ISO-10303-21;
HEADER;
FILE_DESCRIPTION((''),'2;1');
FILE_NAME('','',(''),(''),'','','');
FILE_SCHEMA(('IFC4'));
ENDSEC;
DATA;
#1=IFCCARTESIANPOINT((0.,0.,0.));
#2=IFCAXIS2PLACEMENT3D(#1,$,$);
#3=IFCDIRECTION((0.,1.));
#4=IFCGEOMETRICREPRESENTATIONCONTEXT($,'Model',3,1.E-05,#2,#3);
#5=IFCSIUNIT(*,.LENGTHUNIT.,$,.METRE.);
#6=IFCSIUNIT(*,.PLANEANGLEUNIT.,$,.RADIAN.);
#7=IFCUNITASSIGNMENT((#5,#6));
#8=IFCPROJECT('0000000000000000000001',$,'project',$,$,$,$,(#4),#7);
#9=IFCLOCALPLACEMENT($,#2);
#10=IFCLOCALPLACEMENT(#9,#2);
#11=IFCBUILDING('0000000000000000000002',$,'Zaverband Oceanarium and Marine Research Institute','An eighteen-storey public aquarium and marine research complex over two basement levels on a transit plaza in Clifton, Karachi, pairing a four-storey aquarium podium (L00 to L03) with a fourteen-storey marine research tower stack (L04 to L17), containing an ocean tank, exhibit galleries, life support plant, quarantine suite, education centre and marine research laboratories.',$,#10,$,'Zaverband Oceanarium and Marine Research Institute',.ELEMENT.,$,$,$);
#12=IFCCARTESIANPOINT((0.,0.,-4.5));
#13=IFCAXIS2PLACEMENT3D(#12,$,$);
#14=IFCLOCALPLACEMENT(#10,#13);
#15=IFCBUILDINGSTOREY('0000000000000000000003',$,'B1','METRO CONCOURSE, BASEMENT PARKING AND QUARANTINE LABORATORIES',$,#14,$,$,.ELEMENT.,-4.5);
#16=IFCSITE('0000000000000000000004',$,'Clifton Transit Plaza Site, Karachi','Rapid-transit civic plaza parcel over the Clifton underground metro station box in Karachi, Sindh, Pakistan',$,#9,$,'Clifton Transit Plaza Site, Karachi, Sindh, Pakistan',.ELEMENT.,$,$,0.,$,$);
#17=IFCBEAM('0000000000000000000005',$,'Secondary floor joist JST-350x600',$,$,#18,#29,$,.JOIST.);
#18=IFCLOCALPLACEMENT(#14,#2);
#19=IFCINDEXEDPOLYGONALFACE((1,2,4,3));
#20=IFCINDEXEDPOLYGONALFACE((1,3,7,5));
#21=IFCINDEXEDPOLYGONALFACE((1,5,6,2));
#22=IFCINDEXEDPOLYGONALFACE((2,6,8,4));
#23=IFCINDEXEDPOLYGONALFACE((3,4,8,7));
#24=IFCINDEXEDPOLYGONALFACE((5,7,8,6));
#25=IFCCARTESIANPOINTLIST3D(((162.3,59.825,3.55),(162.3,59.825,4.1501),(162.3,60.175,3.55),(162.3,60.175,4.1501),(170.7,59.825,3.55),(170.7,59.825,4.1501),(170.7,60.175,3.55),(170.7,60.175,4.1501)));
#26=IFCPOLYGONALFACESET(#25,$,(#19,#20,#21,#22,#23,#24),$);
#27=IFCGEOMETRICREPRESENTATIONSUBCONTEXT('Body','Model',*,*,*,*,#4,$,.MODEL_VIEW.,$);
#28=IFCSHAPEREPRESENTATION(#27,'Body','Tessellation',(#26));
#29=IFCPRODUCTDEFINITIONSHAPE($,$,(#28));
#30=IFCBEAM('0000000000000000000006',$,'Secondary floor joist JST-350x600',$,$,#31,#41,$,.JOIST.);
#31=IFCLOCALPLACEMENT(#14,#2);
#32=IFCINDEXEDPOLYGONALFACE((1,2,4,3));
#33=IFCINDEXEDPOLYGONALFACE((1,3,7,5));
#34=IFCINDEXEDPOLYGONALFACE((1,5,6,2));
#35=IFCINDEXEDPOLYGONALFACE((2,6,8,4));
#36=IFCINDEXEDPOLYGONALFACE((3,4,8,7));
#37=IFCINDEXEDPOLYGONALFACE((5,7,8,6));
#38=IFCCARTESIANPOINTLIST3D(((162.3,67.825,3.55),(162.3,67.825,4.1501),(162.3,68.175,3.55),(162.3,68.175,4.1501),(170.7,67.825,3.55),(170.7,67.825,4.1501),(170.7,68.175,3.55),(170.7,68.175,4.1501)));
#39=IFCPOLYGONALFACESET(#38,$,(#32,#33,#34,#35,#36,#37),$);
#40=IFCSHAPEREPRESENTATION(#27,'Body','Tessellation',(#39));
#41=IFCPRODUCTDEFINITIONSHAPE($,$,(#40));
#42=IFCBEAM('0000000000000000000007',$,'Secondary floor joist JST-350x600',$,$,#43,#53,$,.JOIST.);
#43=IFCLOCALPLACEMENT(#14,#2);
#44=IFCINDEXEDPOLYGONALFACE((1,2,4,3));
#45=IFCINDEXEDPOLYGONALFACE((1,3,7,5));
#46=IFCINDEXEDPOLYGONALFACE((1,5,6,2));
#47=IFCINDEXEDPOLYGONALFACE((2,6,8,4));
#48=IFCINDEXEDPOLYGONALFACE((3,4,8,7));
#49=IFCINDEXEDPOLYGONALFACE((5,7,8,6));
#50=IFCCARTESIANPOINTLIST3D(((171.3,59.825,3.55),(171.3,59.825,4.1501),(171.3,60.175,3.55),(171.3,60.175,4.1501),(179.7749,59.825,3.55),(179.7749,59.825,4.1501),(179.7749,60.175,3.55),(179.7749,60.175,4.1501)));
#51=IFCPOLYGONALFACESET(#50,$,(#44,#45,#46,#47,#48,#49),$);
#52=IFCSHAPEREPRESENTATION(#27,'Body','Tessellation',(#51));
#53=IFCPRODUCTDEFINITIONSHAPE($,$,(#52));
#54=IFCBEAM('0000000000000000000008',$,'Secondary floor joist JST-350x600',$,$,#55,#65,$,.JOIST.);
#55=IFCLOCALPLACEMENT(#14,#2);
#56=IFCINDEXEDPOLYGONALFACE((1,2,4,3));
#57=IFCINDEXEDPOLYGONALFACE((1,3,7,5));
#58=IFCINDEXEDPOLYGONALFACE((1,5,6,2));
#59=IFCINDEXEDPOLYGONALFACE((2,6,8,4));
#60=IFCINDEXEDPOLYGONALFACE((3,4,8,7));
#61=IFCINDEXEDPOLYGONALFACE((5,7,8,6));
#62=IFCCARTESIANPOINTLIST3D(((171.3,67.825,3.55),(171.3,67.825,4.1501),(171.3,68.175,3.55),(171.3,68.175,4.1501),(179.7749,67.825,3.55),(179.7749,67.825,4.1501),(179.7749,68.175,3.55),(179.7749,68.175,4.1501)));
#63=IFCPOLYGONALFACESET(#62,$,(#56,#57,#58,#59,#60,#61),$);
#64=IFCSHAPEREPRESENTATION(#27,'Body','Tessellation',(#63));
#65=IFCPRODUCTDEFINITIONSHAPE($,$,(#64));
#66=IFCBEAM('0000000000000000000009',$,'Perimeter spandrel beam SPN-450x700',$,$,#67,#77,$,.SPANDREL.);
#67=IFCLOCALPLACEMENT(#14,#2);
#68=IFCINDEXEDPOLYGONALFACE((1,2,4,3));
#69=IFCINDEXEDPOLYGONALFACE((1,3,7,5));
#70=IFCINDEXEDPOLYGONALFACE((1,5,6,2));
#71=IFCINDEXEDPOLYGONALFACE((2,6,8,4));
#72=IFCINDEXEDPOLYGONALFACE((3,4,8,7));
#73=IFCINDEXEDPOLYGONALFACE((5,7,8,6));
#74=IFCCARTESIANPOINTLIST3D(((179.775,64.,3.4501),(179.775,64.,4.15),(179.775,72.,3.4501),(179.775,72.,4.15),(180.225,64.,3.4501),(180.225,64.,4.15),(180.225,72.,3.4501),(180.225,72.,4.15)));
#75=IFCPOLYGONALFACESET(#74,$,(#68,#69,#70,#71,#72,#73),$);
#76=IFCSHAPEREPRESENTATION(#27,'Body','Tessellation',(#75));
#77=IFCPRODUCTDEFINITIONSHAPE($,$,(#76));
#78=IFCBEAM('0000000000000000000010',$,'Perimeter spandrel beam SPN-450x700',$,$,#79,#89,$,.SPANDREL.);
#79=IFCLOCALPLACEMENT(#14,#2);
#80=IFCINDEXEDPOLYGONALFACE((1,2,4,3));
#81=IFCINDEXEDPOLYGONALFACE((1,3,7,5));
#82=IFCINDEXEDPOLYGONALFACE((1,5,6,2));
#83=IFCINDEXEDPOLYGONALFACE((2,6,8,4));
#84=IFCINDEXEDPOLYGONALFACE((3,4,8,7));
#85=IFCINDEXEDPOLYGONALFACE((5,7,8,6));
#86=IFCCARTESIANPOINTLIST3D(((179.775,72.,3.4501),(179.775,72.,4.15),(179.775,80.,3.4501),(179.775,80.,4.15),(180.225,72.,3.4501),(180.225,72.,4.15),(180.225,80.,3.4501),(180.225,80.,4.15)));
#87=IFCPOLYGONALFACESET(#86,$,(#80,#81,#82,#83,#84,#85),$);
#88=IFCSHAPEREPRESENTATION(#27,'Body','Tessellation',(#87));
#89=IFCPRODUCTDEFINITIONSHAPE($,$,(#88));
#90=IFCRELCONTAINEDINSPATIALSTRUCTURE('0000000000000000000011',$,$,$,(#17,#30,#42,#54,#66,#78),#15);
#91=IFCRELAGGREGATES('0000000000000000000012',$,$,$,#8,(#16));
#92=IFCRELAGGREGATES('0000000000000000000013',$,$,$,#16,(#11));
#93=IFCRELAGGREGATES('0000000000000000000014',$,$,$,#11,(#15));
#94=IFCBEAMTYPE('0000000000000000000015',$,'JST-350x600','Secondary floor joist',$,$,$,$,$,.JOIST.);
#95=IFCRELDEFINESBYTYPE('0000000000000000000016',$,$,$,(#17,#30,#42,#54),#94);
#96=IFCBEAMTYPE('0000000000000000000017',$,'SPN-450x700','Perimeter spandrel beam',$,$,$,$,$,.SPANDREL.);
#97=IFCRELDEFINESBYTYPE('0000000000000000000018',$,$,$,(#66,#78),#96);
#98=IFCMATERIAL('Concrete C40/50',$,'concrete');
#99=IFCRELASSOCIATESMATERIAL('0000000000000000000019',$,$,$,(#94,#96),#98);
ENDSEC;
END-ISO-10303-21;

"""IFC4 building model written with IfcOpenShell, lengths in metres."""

from ifc_helpers import new_model, si_unit, direction, frame, origin, origin_2d, place, context, subcontext, project, spatial, rectangle, extrude, material, material_profile, profile_set, type_object, element, save


model = new_model("IFC4")

# Units and contexts
model_context = context("Model", 3, precision=1e-05, world=origin(), true_north=direction((0.0, 1.0)))
body_context = subcontext(model_context, "Body", "Model", "MODEL_VIEW")
ifc_project = project(units=[si_unit("LENGTHUNIT", "METRE"), si_unit("PLANEANGLEUNIT", "RADIAN")], contexts=[model_context])

# Site, building, storey
site_placement = place(None, origin())
site = spatial("IfcSite", under=ifc_project, at=site_placement, Name="Clifton Transit Plaza Site, Karachi", Description="Rapid-transit civic plaza parcel over the Clifton underground metro station box in Karachi, Sindh, Pakistan", LongName="Clifton Transit Plaza Site, Karachi, Sindh, Pakistan", CompositionType="ELEMENT", RefElevation=0.0)
building_placement = place(site_placement, origin())
building = spatial("IfcBuilding", under=site, at=building_placement, Name="Zaverband Oceanarium and Marine Research Institute", Description="An eighteen-storey public aquarium and marine research complex over two basement levels on a transit plaza in Clifton, Karachi, pairing a four-storey aquarium podium (L00 to L03) with a fourteen-storey marine research tower stack (L04 to L17), containing an ocean tank, exhibit galleries, life support plant, quarantine suite, education centre and marine research laboratories.", LongName="Zaverband Oceanarium and Marine Research Institute", CompositionType="ELEMENT")
storey_placement = place(building_placement, frame((0.0, 0.0, -4.5)))
storey = spatial("IfcBuildingStorey", under=building, at=storey_placement, Name="B1", Description="METRO CONCOURSE, BASEMENT PARKING AND QUARANTINE LABORATORIES", CompositionType="ELEMENT", Elevation=-4.5)

# Shared definitions
ifc_material_1 = material(Name="Concrete C40/50", Category="concrete")

# Beams
ifc_material_profile_1 = material_profile(ifc_material_1, rectangle(XDim=0.3501, YDim=0.6001, at=origin_2d()), Name="RC350x600")
ifc_profile_set_1 = profile_set([ifc_material_profile_1], Name="Concrete C40/50")
beam_type_1 = type_object("IfcBeamType", Name="JST-350x600", Description="Secondary floor joist", PredefinedType="JOIST", material=ifc_profile_set_1)
for number, where, z_axis, x_axis, name in (
    (1, (162.3, 60.0, 3.8501), (1.0, 0.0, 0.0), (0.0, 1.0, 0.0), "Secondary floor joist JST-350x600"),
    (2, (162.3, 68.0, 3.8501), (1.0, 0.0, 0.0), (0.0, 1.0, 0.0), "Secondary floor joist JST-350x600"),
):
    element("IfcBeam", number, at=place(storey_placement, frame(where, z_axis=z_axis, x_axis=x_axis)), inside=storey, type_object=beam_type_1, Name=name, PredefinedType="JOIST", context=body_context, shape_type="SweptSolid", body=[
        extrude(rectangle(XDim=0.3501, YDim=0.6001, at=origin_2d()), origin(), (0.0, 0.0, 1.0), 8.3999),
    ])
for number, where, z_axis, x_axis, name in (
    (3, (171.3, 60.0, 3.8501), (1.0, 0.0, 0.0), (0.0, 1.0, 0.0), "Secondary floor joist JST-350x600"),
    (4, (171.3, 68.0, 3.8501), (1.0, 0.0, 0.0), (0.0, 1.0, 0.0), "Secondary floor joist JST-350x600"),
):
    element("IfcBeam", number, at=place(storey_placement, frame(where, z_axis=z_axis, x_axis=x_axis)), inside=storey, type_object=beam_type_1, Name=name, PredefinedType="JOIST", context=body_context, shape_type="SweptSolid", body=[
        extrude(rectangle(XDim=0.3501, YDim=0.6001, at=origin_2d()), origin(), (0.0, 0.0, 1.0), 8.4749),
    ])
ifc_material_profile_2 = material_profile(ifc_material_1, rectangle(XDim=0.45, YDim=0.7, at=origin_2d()), Name="RC450x700")
ifc_profile_set_2 = profile_set([ifc_material_profile_2], Name="Concrete C40/50")
beam_type_2 = type_object("IfcBeamType", Name="SPN-450x700", Description="Perimeter spandrel beam", PredefinedType="SPANDREL", material=ifc_profile_set_2)
for number, where, z_axis, x_axis, name in (
    (5, (180.0, 64.0, 3.8), (0.0, 1.0, 0.0), (-1.0, 0.0, 0.0), "Perimeter spandrel beam SPN-450x700"),
    (6, (180.0, 72.0, 3.8), (0.0, 1.0, 0.0), (-1.0, 0.0, 0.0), "Perimeter spandrel beam SPN-450x700"),
):
    element("IfcBeam", number, at=place(storey_placement, frame(where, z_axis=z_axis, x_axis=x_axis)), inside=storey, type_object=beam_type_2, Name=name, PredefinedType="SPANDREL", context=body_context, shape_type="SweptSolid", body=[
        extrude(rectangle(XDim=0.45, YDim=0.7, at=origin_2d()), origin(), (0.0, 0.0, 1.0), 8.0),
    ])

save(model, "model.ifc")
